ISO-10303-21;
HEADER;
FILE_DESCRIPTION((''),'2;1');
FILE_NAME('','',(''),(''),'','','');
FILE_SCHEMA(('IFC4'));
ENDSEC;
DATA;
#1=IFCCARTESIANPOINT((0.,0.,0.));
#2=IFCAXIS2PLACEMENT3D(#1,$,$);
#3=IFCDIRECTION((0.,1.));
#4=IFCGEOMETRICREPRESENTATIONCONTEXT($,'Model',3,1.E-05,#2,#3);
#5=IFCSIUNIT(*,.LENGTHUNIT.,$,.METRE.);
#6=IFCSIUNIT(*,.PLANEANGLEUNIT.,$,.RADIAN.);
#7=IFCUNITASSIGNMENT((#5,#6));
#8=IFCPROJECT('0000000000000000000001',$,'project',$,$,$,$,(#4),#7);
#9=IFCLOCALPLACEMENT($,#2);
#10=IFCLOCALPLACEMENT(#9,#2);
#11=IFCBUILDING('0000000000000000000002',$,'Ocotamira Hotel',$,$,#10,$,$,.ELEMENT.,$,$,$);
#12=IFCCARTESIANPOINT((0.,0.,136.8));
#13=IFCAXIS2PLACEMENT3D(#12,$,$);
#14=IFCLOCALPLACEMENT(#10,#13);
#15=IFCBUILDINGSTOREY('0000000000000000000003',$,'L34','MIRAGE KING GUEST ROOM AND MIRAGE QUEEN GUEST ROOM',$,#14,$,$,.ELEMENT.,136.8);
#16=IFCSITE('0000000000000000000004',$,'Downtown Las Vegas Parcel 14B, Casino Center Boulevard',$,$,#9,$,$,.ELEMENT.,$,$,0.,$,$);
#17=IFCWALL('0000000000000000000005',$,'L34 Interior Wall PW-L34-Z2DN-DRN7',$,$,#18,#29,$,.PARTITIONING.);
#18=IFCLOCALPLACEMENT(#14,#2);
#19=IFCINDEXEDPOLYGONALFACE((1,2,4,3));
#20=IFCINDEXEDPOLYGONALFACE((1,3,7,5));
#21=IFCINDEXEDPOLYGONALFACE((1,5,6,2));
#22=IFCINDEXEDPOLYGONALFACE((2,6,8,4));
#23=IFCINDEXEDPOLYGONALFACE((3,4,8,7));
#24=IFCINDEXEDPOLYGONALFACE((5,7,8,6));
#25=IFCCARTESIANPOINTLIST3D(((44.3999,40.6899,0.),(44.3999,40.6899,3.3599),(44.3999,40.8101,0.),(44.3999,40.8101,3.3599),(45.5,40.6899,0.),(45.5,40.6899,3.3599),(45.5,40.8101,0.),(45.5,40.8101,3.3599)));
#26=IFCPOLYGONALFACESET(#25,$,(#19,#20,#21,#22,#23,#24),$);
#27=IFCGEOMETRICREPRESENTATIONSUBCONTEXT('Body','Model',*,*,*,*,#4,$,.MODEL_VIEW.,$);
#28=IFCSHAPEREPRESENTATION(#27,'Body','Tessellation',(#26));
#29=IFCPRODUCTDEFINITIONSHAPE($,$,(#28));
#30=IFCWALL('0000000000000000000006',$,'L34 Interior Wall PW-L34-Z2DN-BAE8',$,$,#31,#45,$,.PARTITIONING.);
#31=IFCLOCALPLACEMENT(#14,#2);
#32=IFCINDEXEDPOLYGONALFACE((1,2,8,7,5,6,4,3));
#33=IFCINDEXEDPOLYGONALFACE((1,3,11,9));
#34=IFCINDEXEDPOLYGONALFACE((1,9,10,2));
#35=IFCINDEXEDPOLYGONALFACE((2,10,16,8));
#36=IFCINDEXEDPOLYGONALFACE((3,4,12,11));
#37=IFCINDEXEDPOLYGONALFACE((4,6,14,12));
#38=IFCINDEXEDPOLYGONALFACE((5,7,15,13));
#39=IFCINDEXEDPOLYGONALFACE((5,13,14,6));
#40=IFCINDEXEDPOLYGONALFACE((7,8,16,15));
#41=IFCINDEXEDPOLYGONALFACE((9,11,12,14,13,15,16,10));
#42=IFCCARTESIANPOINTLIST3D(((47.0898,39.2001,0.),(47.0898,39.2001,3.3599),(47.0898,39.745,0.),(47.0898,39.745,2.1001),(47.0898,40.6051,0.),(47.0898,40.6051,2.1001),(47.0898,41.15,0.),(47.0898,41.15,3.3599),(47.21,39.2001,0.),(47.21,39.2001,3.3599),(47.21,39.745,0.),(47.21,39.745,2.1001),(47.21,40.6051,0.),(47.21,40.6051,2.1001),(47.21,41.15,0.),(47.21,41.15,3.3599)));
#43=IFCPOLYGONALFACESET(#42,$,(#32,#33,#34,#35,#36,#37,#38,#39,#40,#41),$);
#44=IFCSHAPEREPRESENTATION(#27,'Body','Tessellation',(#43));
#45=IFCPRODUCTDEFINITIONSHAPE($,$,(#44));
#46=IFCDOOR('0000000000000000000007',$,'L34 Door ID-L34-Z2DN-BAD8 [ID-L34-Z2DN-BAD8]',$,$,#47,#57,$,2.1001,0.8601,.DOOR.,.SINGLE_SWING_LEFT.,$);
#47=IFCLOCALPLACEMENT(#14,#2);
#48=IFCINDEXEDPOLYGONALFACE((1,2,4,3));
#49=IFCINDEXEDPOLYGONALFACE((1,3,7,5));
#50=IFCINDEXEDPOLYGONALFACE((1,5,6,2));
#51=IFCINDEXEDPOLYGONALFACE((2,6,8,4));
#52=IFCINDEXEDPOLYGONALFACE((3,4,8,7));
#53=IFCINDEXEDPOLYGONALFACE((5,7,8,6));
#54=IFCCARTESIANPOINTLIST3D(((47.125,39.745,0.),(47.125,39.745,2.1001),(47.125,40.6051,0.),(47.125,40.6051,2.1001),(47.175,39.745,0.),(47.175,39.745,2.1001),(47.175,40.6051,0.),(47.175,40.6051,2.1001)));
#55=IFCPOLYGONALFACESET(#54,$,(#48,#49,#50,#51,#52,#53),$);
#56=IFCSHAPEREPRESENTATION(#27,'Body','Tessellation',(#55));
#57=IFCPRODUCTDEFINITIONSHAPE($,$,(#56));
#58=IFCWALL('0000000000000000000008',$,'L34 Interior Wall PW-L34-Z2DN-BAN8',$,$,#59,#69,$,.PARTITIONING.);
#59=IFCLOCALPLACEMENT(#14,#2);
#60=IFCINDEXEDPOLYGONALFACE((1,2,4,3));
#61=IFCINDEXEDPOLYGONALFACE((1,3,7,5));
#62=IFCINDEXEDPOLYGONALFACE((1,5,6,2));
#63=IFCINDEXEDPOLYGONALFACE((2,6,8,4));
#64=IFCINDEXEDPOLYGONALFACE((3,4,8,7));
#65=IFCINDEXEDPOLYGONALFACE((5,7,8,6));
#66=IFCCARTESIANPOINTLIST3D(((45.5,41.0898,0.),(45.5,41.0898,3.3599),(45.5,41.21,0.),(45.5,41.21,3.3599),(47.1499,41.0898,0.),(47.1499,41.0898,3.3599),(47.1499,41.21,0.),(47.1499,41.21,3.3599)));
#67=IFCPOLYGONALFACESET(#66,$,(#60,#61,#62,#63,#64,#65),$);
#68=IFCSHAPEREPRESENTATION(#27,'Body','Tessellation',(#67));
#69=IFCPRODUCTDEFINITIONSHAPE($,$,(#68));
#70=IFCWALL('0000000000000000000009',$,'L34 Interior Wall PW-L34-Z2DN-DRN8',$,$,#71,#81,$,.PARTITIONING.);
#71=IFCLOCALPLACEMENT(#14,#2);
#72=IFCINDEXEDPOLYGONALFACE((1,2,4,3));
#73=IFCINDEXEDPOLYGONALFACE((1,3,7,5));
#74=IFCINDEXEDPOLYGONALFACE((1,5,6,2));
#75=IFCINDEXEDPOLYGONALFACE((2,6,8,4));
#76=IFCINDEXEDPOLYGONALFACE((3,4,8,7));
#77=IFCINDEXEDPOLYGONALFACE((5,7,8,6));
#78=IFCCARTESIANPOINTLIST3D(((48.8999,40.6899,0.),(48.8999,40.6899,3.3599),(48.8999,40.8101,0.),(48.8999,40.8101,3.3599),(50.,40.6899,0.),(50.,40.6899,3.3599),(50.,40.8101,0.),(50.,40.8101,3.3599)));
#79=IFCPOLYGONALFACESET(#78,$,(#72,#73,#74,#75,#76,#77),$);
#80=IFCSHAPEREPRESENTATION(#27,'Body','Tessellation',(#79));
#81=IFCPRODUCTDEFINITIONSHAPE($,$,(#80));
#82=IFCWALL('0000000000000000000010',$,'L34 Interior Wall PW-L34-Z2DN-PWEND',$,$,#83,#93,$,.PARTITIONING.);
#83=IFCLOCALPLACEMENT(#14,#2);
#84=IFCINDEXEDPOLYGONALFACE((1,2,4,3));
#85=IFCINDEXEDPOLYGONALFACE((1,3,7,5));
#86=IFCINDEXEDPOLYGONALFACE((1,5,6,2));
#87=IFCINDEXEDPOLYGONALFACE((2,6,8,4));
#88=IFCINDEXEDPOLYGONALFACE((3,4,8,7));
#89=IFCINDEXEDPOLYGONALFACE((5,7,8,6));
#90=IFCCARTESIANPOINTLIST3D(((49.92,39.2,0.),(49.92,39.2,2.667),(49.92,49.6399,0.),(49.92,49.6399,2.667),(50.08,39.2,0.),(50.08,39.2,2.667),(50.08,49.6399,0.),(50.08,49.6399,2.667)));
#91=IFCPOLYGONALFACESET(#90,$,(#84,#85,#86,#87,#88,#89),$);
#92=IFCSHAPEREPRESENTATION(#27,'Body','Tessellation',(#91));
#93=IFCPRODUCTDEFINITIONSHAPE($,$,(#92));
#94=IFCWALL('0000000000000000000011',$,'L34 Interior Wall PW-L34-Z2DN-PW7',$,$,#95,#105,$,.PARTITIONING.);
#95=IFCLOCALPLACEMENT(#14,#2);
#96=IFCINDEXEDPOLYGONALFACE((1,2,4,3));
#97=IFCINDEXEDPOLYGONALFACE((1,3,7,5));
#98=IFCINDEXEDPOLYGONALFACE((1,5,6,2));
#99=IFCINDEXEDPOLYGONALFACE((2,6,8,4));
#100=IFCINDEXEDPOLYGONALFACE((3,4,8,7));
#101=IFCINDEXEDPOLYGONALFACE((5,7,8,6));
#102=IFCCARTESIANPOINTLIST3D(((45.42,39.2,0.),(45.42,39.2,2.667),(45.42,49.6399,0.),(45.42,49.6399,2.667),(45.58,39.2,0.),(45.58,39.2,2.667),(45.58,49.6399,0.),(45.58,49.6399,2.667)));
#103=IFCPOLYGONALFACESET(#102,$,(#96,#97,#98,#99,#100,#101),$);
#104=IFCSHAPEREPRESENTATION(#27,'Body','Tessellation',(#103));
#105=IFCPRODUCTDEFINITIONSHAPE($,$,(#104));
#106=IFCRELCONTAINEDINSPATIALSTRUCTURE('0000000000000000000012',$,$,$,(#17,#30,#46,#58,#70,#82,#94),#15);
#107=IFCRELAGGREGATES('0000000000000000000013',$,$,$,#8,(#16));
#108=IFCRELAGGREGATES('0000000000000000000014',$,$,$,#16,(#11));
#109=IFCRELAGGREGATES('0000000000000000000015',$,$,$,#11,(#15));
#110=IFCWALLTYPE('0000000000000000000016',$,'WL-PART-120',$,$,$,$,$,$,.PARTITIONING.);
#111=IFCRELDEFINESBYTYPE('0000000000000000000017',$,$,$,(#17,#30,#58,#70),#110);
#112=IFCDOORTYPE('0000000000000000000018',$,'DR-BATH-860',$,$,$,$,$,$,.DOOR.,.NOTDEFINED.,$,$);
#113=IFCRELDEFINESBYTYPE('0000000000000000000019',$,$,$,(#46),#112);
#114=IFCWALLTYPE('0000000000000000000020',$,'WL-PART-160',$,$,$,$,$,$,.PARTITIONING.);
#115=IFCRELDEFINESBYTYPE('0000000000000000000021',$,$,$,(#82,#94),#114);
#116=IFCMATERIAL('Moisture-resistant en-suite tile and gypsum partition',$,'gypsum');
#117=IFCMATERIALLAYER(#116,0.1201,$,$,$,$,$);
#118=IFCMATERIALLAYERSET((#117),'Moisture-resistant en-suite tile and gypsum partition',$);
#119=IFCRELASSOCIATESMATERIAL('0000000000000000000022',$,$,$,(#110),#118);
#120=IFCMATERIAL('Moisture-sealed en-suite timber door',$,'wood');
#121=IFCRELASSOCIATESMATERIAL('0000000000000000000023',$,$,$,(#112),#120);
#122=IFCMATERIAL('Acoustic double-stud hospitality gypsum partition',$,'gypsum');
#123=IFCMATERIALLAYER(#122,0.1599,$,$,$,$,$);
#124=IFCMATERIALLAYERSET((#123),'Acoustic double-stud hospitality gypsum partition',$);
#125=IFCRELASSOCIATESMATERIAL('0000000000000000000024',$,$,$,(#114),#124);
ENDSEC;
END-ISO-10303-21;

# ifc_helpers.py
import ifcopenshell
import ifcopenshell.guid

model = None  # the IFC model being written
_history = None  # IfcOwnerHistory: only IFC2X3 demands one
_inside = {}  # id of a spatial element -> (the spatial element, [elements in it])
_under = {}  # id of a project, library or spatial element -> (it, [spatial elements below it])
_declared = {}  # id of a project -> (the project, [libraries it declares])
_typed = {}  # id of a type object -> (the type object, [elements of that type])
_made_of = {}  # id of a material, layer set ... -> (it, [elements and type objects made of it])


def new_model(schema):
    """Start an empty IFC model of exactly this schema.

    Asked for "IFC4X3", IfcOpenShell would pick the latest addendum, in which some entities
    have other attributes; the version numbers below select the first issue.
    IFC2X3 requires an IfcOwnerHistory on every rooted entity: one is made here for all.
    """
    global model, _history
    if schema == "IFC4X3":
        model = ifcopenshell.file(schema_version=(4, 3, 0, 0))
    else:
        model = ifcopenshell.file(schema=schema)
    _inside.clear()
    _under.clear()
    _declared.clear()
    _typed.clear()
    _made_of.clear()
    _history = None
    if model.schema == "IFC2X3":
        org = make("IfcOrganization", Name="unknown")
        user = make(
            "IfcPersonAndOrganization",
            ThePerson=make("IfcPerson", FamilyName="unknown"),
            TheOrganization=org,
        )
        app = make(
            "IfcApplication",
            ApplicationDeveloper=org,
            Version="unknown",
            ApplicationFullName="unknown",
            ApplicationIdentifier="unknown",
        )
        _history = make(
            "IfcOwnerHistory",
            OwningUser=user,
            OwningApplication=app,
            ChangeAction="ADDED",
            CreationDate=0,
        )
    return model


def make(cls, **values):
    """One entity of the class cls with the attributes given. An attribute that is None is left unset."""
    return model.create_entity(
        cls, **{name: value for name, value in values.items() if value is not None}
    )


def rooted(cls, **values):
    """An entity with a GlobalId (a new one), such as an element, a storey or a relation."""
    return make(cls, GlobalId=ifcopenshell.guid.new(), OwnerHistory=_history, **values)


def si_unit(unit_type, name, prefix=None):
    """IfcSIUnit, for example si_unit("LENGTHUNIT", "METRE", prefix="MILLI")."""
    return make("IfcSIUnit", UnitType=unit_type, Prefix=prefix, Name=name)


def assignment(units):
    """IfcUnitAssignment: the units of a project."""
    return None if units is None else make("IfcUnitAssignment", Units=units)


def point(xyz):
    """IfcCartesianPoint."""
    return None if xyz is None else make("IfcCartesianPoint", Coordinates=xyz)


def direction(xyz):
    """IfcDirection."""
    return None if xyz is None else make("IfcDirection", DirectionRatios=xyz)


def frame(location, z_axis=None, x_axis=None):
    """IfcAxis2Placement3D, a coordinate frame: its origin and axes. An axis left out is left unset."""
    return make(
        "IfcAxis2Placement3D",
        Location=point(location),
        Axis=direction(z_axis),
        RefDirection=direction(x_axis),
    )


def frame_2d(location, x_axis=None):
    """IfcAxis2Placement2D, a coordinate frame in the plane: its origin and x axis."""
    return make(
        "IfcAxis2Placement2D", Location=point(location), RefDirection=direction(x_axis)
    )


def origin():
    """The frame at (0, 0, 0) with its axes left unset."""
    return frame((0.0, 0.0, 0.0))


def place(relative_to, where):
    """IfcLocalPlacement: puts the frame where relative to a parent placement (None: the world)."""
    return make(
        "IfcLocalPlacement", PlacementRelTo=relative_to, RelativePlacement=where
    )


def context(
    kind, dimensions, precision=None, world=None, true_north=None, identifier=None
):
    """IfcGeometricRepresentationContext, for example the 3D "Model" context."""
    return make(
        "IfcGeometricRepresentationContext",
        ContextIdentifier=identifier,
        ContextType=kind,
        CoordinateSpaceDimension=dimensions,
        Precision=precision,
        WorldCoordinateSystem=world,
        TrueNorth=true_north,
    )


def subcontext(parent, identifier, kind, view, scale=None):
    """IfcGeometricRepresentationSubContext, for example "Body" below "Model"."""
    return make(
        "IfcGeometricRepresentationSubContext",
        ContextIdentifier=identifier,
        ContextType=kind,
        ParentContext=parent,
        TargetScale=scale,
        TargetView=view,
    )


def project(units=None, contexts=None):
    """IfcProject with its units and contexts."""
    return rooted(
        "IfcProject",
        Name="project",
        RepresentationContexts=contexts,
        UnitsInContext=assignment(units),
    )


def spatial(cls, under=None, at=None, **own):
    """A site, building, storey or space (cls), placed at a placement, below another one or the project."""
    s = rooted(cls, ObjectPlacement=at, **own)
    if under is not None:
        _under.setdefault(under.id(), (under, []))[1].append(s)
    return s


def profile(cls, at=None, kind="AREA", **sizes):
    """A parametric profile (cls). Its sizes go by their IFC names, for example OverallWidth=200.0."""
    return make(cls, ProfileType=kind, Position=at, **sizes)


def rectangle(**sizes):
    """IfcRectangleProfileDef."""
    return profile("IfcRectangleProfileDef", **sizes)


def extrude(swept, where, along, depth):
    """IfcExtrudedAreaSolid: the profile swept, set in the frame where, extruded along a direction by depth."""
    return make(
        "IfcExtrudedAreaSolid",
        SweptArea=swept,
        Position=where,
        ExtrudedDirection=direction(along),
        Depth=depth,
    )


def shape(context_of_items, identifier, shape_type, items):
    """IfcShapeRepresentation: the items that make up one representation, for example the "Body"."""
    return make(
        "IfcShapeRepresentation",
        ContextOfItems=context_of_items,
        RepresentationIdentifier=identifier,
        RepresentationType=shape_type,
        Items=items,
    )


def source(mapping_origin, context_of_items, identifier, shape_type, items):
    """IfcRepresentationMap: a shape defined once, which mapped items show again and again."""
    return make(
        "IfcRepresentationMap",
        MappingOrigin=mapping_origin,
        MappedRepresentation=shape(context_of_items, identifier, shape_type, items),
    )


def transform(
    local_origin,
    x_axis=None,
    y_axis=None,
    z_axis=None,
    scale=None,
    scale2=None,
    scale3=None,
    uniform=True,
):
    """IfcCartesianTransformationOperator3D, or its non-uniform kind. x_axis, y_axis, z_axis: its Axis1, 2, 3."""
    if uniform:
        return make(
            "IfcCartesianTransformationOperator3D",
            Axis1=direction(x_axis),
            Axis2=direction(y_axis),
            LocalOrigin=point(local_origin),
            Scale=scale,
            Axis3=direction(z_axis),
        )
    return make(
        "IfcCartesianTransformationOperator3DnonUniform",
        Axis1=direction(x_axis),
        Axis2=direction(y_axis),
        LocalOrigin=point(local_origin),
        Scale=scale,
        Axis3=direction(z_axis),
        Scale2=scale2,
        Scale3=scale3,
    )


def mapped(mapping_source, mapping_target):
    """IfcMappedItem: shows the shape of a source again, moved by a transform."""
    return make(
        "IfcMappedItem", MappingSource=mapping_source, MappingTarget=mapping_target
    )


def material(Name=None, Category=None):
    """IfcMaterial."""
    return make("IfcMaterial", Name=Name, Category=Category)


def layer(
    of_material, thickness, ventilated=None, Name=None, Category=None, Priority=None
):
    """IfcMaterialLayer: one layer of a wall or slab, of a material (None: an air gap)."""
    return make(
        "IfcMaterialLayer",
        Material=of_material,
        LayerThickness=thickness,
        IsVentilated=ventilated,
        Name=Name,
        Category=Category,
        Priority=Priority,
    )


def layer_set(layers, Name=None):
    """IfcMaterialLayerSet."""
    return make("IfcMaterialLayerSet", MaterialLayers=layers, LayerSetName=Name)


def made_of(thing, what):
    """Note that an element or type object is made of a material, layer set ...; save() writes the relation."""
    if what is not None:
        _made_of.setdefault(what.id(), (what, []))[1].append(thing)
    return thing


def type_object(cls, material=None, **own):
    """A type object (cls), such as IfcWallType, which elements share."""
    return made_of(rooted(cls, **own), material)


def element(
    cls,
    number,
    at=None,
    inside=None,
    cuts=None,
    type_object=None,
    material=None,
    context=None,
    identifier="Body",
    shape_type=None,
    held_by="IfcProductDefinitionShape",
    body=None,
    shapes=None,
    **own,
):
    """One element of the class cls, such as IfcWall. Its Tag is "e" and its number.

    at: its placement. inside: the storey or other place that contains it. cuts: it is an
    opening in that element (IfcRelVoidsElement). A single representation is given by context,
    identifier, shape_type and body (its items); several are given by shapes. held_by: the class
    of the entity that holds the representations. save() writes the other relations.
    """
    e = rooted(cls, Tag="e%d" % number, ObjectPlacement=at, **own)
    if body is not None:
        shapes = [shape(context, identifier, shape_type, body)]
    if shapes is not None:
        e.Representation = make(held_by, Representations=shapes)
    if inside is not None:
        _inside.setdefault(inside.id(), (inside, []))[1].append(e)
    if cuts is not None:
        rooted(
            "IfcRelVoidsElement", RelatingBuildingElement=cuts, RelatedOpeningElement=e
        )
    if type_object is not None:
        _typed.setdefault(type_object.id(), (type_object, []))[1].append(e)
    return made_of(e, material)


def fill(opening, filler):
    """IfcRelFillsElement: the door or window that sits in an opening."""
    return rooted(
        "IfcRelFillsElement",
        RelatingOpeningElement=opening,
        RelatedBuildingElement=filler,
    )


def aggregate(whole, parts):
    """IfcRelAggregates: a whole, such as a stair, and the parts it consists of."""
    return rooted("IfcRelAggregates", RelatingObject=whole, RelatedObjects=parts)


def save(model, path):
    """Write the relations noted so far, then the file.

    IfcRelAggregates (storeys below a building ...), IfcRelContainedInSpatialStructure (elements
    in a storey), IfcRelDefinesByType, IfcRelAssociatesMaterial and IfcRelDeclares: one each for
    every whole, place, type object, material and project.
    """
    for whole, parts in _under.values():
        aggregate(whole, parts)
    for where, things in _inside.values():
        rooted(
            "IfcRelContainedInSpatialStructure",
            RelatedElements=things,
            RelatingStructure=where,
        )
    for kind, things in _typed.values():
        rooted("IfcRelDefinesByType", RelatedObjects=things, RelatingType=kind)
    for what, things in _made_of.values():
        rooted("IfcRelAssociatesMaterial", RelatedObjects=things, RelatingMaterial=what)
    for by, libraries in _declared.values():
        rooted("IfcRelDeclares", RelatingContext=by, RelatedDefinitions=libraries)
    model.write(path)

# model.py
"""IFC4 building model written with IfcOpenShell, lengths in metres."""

from ifc_helpers import new_model, si_unit, direction, frame, frame_2d, origin, place, context, subcontext, project, spatial, rectangle, extrude, source, transform, mapped, material, layer, layer_set, type_object, element, fill, save


model = new_model("IFC4")

# Units and contexts
model_context = context("Model", 3, precision=1e-05, world=origin(), true_north=direction((0.0, 1.0)))
body_context = subcontext(model_context, "Body", "Model", "MODEL_VIEW")
ifc_project = project(units=[si_unit("LENGTHUNIT", "METRE"), si_unit("PLANEANGLEUNIT", "RADIAN")], contexts=[model_context])

# Site, building, storey
site_placement = place(None, origin())
site = spatial("IfcSite", under=ifc_project, at=site_placement, Name="Downtown Las Vegas Parcel 14B, Casino Center Boulevard", CompositionType="ELEMENT", RefElevation=0.0)
building_placement = place(site_placement, origin())
building = spatial("IfcBuilding", under=site, at=building_placement, Name="Ocotamira Hotel", CompositionType="ELEMENT")
storey_placement = place(building_placement, frame((0.0, 0.0, 136.8)))
storey = spatial("IfcBuildingStorey", under=building, at=storey_placement, Name="L34", Description="MIRAGE KING GUEST ROOM AND MIRAGE QUEEN GUEST ROOM", CompositionType="ELEMENT", Elevation=136.8)

# Wall
ifc_material_1 = material(Name="Moisture-resistant en-suite tile and gypsum partition", Category="gypsum")
ifc_layer_1 = layer(ifc_material_1, 0.1201)
ifc_layer_set_1 = layer_set([ifc_layer_1], Name="Moisture-resistant en-suite tile and gypsum partition")
wall_type_1 = type_object("IfcWallType", Name="WL-PART-120", PredefinedType="PARTITIONING", material=ifc_layer_set_1)
wall_1_placement = place(storey_placement, frame((44.3999, 40.75, 0.0), z_axis=(0.0, 0.0, 1.0), x_axis=(1.0, 0.0, 0.0)))
element("IfcWall", 1, at=wall_1_placement, inside=storey, type_object=wall_type_1, Name="L34 Interior Wall PW-L34-Z2DN-DRN7", PredefinedType="PARTITIONING", context=body_context, shape_type="SweptSolid", body=[
    extrude(rectangle(XDim=1.1001, YDim=0.1201, at=frame_2d((0.55, 0.0))), origin(), (0.0, 0.0, 1.0), 3.3599),
])

# Wall, opening, door
wall_2_placement = place(storey_placement, frame((47.1499, 39.2, 0.0), z_axis=(0.0, 0.0, 1.0), x_axis=(0.0, 1.0, 0.0)))
wall_2 = element("IfcWall", 2, at=wall_2_placement, inside=storey, type_object=wall_type_1, Name="L34 Interior Wall PW-L34-Z2DN-BAE8", PredefinedType="PARTITIONING", context=body_context, shape_type="SweptSolid", body=[
    extrude(rectangle(XDim=1.95, YDim=0.1201, at=frame_2d((0.9751, 0.0))), origin(), (0.0, 0.0, 1.0), 3.3599),
])
opening_1_placement = place(wall_2_placement, frame((0.5449, 0.0, 0.0)))
opening_1 = element("IfcOpeningElement", 3, at=opening_1_placement, cuts=wall_2, PredefinedType="OPENING", context=body_context, shape_type="SweptSolid", body=[
    extrude(rectangle(XDim=0.8601, YDim=2.1001, at=frame_2d((0.4302, 1.05))), frame((0.0, 0.0701, 0.0), z_axis=(0.0, -1.0, 0.0), x_axis=(1.0, 0.0, 0.0)), (0.0, 0.0, 1.0), 0.1401),
])
ifc_material_2 = material(Name="Moisture-sealed en-suite timber door", Category="wood")
door_type_1 = type_object("IfcDoorType", Name="DR-BATH-860", OperationType="NOTDEFINED", PredefinedType="DOOR", material=ifc_material_2)
shared_shape_1 = source(origin(), body_context, "Body", "SweptSolid", [
    extrude(rectangle(XDim=0.8601, YDim=2.1001, at=frame_2d((0.4302, 1.05))), frame((0.0, 0.0249, 0.0), z_axis=(0.0, -1.0, 0.0), x_axis=(1.0, 0.0, 0.0)), (0.0, 0.0, 1.0), 0.05),
])
door_1_placement = place(opening_1_placement, origin())
door_1 = element("IfcDoor", 4, at=door_1_placement, inside=storey, type_object=door_type_1, Name="L34 Door ID-L34-Z2DN-BAD8 [ID-L34-Z2DN-BAD8]", OperationType="SINGLE_SWING_LEFT", OverallHeight=2.1001, OverallWidth=0.8601, PredefinedType="DOOR", context=body_context, shape_type="MappedRepresentation", body=[
    mapped(shared_shape_1, transform((0.0, 0.0, 0.0), scale=1.0)),
])
fill(opening_1, door_1)

# Walls
wall_3_placement = place(storey_placement, frame((45.5, 41.1499, 0.0), z_axis=(0.0, 0.0, 1.0), x_axis=(1.0, 0.0, 0.0)))
element("IfcWall", 5, at=wall_3_placement, inside=storey, type_object=wall_type_1, Name="L34 Interior Wall PW-L34-Z2DN-BAN8", PredefinedType="PARTITIONING", context=body_context, shape_type="SweptSolid", body=[
    extrude(rectangle(XDim=1.6499, YDim=0.1201, at=frame_2d((0.825, 0.0))), origin(), (0.0, 0.0, 1.0), 3.3599),
])
wall_4_placement = place(storey_placement, frame((48.8999, 40.75, 0.0), z_axis=(0.0, 0.0, 1.0), x_axis=(1.0, 0.0, 0.0)))
element("IfcWall", 6, at=wall_4_placement, inside=storey, type_object=wall_type_1, Name="L34 Interior Wall PW-L34-Z2DN-DRN8", PredefinedType="PARTITIONING", context=body_context, shape_type="SweptSolid", body=[
    extrude(rectangle(XDim=1.1001, YDim=0.1201, at=frame_2d((0.55, 0.0))), origin(), (0.0, 0.0, 1.0), 3.3599),
])
ifc_material_3 = material(Name="Acoustic double-stud hospitality gypsum partition", Category="gypsum")
ifc_layer_2 = layer(ifc_material_3, 0.1599)
ifc_layer_set_2 = layer_set([ifc_layer_2], Name="Acoustic double-stud hospitality gypsum partition")
wall_type_2 = type_object("IfcWallType", Name="WL-PART-160", PredefinedType="PARTITIONING", material=ifc_layer_set_2)
for number, where, z_axis, x_axis, name in (
    (7, (50.0, 39.2, 0.0), (0.0, 0.0, 1.0), (0.0, 1.0, 0.0), "L34 Interior Wall PW-L34-Z2DN-PWEND"),
    (8, (45.5, 39.2, 0.0), (0.0, 0.0, 1.0), (0.0, 1.0, 0.0), "L34 Interior Wall PW-L34-Z2DN-PW7"),
):
    element("IfcWall", number, at=place(storey_placement, frame(where, z_axis=z_axis, x_axis=x_axis)), inside=storey, type_object=wall_type_2, Name=name, PredefinedType="PARTITIONING", context=body_context, shape_type="SweptSolid", body=[
        extrude(rectangle(XDim=10.4399, YDim=0.1599, at=frame_2d((5.22, 0.0))), origin(), (0.0, 0.0, 1.0), 2.667),
    ])

save(model, "model.ifc")
